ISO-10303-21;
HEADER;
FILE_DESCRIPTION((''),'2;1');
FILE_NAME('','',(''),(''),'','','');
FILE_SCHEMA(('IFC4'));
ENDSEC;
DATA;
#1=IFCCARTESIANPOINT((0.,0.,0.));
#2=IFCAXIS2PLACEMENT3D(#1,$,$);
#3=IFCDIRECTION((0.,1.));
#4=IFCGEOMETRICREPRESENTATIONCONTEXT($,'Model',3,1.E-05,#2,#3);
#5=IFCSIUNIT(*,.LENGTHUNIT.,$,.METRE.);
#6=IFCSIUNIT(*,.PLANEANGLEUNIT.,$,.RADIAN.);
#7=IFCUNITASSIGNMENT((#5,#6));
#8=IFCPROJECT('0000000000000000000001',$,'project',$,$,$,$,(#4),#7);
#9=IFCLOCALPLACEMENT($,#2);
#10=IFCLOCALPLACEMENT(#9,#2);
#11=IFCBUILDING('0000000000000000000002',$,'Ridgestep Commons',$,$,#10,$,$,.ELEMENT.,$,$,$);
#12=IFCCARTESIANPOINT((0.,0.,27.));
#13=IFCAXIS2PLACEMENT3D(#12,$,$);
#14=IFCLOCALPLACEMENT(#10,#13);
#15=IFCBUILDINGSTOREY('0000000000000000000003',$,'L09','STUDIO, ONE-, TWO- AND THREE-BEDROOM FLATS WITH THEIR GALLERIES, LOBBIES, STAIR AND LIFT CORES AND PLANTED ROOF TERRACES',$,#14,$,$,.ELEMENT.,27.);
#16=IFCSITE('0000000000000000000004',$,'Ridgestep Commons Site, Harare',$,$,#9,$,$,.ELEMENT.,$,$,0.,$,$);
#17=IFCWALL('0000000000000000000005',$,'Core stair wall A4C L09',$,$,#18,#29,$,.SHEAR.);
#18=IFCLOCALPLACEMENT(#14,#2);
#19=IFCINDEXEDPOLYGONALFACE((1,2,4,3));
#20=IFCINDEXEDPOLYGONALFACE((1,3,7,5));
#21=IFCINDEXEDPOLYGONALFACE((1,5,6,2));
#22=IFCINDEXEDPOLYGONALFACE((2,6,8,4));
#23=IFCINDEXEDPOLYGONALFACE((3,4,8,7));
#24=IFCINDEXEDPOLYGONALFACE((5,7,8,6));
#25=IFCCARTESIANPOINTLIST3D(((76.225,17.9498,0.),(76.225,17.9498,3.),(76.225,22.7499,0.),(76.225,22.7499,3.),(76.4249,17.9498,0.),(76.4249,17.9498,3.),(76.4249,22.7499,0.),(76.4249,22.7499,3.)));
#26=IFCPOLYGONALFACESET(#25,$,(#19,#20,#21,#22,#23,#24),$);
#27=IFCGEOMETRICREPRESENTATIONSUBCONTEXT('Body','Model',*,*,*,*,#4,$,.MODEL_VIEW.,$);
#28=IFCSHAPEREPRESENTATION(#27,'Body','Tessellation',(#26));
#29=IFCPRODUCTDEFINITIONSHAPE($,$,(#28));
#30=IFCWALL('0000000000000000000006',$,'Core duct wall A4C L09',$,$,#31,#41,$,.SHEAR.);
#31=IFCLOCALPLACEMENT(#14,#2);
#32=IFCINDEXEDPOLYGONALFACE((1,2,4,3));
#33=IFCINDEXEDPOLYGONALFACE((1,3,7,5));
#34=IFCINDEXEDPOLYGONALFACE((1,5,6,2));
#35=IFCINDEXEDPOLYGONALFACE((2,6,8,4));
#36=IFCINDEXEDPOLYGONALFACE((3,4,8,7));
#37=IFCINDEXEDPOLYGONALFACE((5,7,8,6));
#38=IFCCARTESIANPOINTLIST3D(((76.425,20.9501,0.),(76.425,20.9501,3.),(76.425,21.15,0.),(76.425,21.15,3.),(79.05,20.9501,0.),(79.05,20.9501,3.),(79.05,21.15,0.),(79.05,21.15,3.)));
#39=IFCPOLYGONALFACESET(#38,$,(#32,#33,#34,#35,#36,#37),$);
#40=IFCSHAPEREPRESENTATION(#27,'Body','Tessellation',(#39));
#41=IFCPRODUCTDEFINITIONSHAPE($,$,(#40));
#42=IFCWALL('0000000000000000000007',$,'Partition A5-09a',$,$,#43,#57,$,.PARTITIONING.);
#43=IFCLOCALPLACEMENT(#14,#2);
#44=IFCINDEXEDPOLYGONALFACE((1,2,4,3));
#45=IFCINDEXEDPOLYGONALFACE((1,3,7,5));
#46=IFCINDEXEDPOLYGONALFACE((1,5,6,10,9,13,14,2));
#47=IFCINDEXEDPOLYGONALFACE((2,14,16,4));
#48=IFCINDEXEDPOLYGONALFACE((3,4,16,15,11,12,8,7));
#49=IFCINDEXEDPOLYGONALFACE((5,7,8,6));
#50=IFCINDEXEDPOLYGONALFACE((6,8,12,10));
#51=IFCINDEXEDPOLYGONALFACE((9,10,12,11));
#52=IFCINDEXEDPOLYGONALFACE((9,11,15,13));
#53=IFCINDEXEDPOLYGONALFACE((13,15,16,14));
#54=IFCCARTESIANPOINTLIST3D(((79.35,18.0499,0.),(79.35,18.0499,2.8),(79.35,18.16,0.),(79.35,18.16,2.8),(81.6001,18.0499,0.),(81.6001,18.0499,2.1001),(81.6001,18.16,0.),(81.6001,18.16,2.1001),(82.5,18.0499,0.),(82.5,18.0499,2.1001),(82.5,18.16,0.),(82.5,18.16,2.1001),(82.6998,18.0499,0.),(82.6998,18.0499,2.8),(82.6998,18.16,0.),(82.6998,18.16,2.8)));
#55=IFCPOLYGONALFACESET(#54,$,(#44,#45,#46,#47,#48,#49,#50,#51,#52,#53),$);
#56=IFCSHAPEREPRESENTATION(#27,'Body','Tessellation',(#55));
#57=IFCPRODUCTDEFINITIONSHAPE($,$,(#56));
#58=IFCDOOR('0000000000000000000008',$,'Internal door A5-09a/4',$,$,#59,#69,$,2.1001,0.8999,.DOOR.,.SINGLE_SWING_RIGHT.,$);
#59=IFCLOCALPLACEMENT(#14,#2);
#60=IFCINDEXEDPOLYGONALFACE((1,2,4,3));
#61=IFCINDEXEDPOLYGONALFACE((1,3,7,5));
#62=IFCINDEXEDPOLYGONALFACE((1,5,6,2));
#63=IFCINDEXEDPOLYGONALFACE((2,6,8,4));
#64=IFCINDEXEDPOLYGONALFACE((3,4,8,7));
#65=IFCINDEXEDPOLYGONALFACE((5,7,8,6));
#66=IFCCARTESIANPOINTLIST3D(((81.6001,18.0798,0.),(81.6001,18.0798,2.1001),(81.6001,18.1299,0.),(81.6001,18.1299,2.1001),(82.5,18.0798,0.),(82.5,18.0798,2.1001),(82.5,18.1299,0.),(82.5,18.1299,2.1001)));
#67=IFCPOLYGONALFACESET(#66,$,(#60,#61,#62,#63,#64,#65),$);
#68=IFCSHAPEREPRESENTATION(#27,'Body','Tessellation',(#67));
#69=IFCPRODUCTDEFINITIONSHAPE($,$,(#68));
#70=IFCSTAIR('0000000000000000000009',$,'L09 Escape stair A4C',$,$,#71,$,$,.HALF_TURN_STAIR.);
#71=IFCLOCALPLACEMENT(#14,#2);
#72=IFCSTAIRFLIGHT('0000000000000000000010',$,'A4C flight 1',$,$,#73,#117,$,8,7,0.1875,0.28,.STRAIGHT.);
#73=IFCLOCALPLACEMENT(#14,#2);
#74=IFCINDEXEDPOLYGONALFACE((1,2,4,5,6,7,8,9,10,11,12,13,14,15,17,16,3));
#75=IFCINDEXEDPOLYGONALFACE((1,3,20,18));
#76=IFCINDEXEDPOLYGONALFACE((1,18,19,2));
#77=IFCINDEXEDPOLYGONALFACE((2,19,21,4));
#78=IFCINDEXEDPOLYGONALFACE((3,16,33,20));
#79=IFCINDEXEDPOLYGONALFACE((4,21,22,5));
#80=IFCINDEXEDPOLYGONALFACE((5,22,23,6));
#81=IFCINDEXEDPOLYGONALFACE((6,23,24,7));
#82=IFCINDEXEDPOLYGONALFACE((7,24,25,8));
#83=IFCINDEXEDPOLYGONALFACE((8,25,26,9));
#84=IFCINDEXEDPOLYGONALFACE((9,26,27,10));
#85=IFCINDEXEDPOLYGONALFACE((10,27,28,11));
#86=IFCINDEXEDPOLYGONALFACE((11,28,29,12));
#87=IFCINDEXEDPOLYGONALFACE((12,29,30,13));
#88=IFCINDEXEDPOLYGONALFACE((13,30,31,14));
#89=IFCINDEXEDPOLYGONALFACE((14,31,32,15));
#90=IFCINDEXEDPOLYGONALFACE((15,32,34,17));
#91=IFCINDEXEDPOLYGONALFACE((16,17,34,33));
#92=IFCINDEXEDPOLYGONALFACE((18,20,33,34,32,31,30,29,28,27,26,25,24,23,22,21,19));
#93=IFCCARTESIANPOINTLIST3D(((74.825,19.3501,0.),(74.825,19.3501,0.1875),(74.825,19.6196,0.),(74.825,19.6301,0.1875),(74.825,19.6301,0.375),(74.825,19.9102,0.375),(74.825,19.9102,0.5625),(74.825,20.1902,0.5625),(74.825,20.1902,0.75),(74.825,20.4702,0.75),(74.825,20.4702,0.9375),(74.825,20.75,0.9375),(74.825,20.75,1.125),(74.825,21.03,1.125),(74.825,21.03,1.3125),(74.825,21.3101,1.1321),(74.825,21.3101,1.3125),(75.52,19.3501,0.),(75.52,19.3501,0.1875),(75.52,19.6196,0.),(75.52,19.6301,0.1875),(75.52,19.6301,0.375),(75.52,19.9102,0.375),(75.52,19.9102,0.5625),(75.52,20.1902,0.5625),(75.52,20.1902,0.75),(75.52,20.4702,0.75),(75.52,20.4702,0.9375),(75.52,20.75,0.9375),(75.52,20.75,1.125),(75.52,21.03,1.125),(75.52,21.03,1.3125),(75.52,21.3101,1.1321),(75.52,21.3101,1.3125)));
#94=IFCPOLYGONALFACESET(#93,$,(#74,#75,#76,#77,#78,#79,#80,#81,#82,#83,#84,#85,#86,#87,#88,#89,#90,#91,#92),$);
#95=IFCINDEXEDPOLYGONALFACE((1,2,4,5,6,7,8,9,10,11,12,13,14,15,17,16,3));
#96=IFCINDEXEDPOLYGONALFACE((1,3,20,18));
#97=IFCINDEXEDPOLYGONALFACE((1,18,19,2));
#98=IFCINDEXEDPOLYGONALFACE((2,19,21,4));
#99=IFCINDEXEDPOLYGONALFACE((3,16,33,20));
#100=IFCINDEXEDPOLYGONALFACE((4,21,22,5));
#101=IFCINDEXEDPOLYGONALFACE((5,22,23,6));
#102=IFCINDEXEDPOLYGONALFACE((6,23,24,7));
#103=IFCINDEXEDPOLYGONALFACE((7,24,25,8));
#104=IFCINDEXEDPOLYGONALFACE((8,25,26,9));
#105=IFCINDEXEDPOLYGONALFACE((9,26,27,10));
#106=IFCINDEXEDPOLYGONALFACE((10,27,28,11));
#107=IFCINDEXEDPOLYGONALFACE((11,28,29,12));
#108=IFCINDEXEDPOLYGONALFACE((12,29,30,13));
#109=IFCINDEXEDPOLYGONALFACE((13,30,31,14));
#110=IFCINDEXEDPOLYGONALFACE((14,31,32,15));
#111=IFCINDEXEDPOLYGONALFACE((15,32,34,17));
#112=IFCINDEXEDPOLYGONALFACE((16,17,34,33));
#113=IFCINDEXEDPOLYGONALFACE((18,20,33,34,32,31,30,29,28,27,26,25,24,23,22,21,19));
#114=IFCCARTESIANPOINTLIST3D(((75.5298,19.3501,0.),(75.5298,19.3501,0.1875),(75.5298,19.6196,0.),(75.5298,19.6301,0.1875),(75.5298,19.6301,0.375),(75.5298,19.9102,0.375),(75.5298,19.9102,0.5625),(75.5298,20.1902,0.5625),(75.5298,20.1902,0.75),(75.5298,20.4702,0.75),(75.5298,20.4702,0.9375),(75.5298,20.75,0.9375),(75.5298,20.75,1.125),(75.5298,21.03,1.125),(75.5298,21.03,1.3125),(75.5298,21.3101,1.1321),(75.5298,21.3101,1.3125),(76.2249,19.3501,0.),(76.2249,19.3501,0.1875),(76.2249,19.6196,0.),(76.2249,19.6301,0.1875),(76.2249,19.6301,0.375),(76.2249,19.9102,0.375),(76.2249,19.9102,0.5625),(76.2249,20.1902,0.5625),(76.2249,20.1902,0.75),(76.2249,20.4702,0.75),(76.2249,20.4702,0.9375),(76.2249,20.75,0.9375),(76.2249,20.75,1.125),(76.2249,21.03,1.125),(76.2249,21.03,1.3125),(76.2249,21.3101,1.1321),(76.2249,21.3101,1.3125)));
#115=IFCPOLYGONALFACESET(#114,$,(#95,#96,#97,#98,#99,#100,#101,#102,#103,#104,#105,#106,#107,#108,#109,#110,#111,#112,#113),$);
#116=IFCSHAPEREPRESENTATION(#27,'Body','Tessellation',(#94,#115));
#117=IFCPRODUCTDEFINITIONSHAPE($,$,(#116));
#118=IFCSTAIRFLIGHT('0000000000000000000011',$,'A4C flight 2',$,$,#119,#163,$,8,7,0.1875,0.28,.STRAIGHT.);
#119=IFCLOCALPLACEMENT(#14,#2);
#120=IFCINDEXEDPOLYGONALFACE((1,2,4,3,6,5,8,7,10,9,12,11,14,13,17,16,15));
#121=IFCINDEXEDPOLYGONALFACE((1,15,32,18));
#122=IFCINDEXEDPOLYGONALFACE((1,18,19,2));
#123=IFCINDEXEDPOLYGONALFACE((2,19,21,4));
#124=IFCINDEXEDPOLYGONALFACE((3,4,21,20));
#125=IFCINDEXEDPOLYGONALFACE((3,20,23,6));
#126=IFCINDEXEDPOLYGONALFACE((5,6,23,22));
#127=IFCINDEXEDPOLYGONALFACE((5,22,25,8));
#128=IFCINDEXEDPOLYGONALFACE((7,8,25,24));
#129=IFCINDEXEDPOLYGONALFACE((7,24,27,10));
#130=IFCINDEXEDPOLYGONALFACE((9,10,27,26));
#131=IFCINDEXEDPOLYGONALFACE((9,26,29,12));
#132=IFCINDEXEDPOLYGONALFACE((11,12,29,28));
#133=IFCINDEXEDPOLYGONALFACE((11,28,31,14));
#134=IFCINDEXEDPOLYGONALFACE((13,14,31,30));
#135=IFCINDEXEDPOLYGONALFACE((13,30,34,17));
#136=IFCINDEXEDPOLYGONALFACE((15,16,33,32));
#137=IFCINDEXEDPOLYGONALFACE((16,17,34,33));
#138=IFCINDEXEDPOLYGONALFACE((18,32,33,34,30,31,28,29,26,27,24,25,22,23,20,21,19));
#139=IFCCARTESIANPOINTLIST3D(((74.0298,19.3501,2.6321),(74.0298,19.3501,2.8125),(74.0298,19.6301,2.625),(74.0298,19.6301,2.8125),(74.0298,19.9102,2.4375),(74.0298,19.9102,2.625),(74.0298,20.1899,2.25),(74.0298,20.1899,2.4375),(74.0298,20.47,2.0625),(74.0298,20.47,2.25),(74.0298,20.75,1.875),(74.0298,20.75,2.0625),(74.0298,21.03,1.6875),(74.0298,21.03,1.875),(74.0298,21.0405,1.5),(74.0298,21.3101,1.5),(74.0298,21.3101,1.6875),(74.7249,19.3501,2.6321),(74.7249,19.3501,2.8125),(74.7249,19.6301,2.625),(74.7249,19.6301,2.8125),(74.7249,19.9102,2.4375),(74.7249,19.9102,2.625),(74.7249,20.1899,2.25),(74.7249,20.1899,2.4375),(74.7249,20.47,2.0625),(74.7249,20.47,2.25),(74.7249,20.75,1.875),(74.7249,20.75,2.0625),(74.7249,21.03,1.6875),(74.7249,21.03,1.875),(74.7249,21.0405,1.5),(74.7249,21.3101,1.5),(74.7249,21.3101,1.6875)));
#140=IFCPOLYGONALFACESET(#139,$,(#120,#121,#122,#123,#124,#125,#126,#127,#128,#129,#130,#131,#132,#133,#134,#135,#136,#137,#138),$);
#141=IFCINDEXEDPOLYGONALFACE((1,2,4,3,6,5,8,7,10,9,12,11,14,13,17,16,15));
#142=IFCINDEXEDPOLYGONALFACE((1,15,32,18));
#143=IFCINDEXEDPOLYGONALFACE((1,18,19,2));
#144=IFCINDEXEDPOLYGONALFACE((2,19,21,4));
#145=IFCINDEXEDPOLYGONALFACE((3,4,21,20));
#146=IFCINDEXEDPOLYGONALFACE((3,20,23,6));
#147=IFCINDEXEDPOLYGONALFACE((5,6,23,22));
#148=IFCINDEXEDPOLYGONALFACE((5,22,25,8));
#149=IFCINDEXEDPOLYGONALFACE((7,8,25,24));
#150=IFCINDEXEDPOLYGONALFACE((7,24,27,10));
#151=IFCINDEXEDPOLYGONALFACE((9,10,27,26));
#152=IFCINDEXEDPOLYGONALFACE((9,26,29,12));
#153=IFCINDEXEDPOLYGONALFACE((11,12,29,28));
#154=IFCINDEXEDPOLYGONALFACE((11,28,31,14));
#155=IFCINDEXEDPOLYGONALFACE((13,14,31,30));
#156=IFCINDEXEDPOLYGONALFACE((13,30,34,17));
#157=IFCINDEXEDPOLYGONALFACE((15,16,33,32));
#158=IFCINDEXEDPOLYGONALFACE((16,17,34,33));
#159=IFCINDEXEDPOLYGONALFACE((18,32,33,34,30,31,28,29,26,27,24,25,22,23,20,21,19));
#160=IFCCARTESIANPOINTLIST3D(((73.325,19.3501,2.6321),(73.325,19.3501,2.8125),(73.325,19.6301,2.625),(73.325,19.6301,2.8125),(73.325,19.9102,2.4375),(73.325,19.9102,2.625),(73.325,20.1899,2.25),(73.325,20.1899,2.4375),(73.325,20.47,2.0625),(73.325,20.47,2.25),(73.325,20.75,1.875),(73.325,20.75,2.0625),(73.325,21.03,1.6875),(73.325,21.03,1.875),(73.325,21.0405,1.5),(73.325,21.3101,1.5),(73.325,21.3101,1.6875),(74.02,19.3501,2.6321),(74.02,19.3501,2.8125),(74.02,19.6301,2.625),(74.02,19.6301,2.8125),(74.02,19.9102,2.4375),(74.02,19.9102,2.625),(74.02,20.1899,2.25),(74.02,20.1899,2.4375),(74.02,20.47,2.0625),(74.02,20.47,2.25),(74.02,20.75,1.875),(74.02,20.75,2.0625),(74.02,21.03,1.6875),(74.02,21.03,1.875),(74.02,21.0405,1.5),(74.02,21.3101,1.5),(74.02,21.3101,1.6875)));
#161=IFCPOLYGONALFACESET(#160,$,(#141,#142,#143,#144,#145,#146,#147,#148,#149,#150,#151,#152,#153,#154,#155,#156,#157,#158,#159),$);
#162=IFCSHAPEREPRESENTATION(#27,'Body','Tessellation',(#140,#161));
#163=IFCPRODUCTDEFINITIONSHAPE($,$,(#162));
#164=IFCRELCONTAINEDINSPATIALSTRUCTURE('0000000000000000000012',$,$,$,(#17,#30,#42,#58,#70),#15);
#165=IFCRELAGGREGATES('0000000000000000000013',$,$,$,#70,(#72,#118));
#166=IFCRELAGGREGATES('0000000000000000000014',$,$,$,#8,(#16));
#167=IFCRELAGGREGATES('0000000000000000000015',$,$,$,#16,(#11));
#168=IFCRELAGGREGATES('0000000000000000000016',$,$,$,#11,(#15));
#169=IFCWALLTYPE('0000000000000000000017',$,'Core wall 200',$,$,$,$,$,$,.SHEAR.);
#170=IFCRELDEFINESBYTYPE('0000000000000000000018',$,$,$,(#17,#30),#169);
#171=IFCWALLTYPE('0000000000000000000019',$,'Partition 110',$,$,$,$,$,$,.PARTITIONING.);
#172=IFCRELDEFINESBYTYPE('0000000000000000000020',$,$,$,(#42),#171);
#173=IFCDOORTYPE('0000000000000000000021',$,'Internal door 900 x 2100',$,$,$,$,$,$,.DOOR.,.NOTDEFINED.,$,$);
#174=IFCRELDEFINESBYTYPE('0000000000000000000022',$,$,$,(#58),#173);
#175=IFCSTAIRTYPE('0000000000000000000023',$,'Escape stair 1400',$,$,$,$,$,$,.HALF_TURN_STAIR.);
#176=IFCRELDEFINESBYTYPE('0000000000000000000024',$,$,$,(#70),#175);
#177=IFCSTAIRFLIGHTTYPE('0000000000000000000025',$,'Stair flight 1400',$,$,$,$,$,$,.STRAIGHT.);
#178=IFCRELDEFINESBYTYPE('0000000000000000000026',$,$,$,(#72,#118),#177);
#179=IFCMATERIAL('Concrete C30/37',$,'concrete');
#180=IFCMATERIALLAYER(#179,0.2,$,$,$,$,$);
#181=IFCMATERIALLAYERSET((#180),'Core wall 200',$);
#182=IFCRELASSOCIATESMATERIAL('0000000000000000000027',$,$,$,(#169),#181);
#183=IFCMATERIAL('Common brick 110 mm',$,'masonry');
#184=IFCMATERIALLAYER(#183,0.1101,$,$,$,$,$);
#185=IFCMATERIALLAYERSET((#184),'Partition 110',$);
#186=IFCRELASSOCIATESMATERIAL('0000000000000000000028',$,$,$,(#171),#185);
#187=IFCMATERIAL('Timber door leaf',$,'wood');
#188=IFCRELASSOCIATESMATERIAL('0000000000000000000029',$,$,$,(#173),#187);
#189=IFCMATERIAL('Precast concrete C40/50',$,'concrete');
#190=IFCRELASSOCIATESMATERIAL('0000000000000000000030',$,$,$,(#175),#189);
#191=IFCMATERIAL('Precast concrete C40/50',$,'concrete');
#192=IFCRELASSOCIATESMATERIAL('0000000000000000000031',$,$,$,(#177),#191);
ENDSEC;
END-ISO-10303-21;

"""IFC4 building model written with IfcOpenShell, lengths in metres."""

from ifc_helpers import new_model, si_unit, direction, frame, frame_2d, origin, place, context, subcontext, project, spatial, polyline, rectangle, outline, extrude, material, layer, layer_set, type_object, element, fill, aggregate, save


model = new_model("IFC4")

# Units and contexts
model_context = context("Model", 3, precision=1e-05, world=origin(), true_north=direction((0.0, 1.0)))
body_context = subcontext(model_context, "Body", "Model", "MODEL_VIEW")
ifc_project = project(units=[si_unit("LENGTHUNIT", "METRE"), si_unit("PLANEANGLEUNIT", "RADIAN")], contexts=[model_context])

# Site, building, storey
site_placement = place(None, origin())
site = spatial("IfcSite", under=ifc_project, at=site_placement, Name="Ridgestep Commons Site, Harare", CompositionType="ELEMENT", RefElevation=0.0)
building_placement = place(site_placement, origin())
building = spatial("IfcBuilding", under=site, at=building_placement, Name="Ridgestep Commons", CompositionType="ELEMENT")
storey_placement = place(building_placement, frame((0.0, 0.0, 27.0)))
storey = spatial("IfcBuildingStorey", under=building, at=storey_placement, Name="L09", Description="STUDIO, ONE-, TWO- AND THREE-BEDROOM FLATS WITH THEIR GALLERIES, LOBBIES, STAIR AND LIFT CORES AND PLANTED ROOF TERRACES", CompositionType="ELEMENT", Elevation=27.0)

# Walls
ifc_material_1 = material(Name="Concrete C30/37", Category="concrete")
ifc_layer_1 = layer(ifc_material_1, 0.2)
ifc_layer_set_1 = layer_set([ifc_layer_1], Name="Core wall 200")
wall_type_1 = type_object("IfcWallType", Name="Core wall 200", PredefinedType="SHEAR", material=ifc_layer_set_1)
wall_1_placement = place(storey_placement, frame((76.325, 17.95, 0.0), z_axis=(0.0, 0.0, 1.0), x_axis=(0.0, 1.0, 0.0)))
element("IfcWall", 1, at=wall_1_placement, inside=storey, type_object=wall_type_1, Name="Core stair wall A4C L09", PredefinedType="SHEAR", context=body_context, shape_type="SweptSolid", body=[
    extrude(rectangle(XDim=4.8, YDim=0.2, at=frame_2d((2.3999, 0.0))), origin(), (0.0, 0.0, 1.0), 3.0),
])
wall_2_placement = place(storey_placement, frame((76.425, 21.05, 0.0), z_axis=(0.0, 0.0, 1.0), x_axis=(1.0, 0.0, 0.0)))
element("IfcWall", 2, at=wall_2_placement, inside=storey, type_object=wall_type_1, Name="Core duct wall A4C L09", PredefinedType="SHEAR", context=body_context, shape_type="SweptSolid", body=[
    extrude(rectangle(XDim=2.625, YDim=0.2, at=frame_2d((1.3125, 0.0))), origin(), (0.0, 0.0, 1.0), 3.0),
])

# Wall, opening, door
ifc_material_2 = material(Name="Common brick 110 mm", Category="masonry")
ifc_layer_2 = layer(ifc_material_2, 0.1101)
ifc_layer_set_2 = layer_set([ifc_layer_2], Name="Partition 110")
wall_type_2 = type_object("IfcWallType", Name="Partition 110", PredefinedType="PARTITIONING", material=ifc_layer_set_2)
wall_3_placement = place(storey_placement, frame((79.3501, 18.105, 0.0), z_axis=(0.0, 0.0, 1.0), x_axis=(1.0, 0.0, 0.0)))
wall_3 = element("IfcWall", 3, at=wall_3_placement, inside=storey, type_object=wall_type_2, Name="Partition A5-09a", PredefinedType="PARTITIONING", context=body_context, shape_type="SweptSolid", body=[
    extrude(rectangle(XDim=3.3499, YDim=0.1101, at=frame_2d((1.6748, 0.0))), origin(), (0.0, 0.0, 1.0), 2.8),
])
opening_placement = place(wall_3_placement, frame((2.25, 0.0, 0.0)))
opening = element("IfcOpeningElement", 4, at=opening_placement, cuts=wall_3, PredefinedType="OPENING", context=body_context, shape_type="SweptSolid", body=[
    extrude(rectangle(XDim=0.8999, YDim=2.1001, at=frame_2d((0.45, 1.05))), frame((0.0, 0.0649, 0.0), z_axis=(0.0, -1.0, 0.0), x_axis=(1.0, 0.0, 0.0)), (0.0, 0.0, 1.0), 0.1301),
])
ifc_material_3 = material(Name="Timber door leaf", Category="wood")
door_type = type_object("IfcDoorType", Name="Internal door 900 x 2100", OperationType="NOTDEFINED", PredefinedType="DOOR", material=ifc_material_3)
door_placement = place(opening_placement, origin())
door = element("IfcDoor", 5, at=door_placement, inside=storey, type_object=door_type, Name="Internal door A5-09a/4", OperationType="SINGLE_SWING_RIGHT", OverallHeight=2.1001, OverallWidth=0.8999, PredefinedType="DOOR", context=body_context, shape_type="SweptSolid", body=[
    extrude(rectangle(XDim=0.8999, YDim=2.1001, at=frame_2d((0.45, 1.05))), frame((0.0, 0.0249, 0.0), z_axis=(0.0, -1.0, 0.0), x_axis=(1.0, 0.0, 0.0)), (0.0, 0.0, 1.0), 0.05),
])
fill(opening, door)

# Stair, stair flights
ifc_material_4 = material(Name="Precast concrete C40/50", Category="concrete")
stair_type = type_object("IfcStairType", Name="Escape stair 1400", PredefinedType="HALF_TURN_STAIR", material=ifc_material_4)
stair_placement = place(storey_placement, origin())
stair = element("IfcStair", 6, at=stair_placement, inside=storey, type_object=stair_type, Name="L09 Escape stair A4C", PredefinedType="HALF_TURN_STAIR")
ifc_material_5 = material(Name="Precast concrete C40/50", Category="concrete")
stair_flight_type = type_object("IfcStairFlightType", Name="Stair flight 1400", PredefinedType="STRAIGHT", material=ifc_material_5)
stair_flight_1_placement = place(storey_placement, frame((75.5249, 19.3501, 0.0), z_axis=(0.0, 0.0, 1.0), x_axis=(0.0, 1.0, 0.0)))
stair_flight_1 = element("IfcStairFlight", 7, at=stair_flight_1_placement, type_object=stair_flight_type, Name="A4C flight 1", NumberOfRisers=8, NumberOfTreads=7, PredefinedType="STRAIGHT", RiserHeight=0.1875, TreadLength=0.28, context=body_context, shape_type="SweptSolid", body=[
    extrude(outline(polyline([(0.0, 0.0), (0.0, 0.1875), (0.28, 0.1875), (0.28, 0.375), (0.5601, 0.375), (0.5601, 0.5625), (0.8401, 0.5625), (0.8401, 0.75), (1.1201, 0.75), (1.1201, 0.9375), (1.3999, 0.9375), (1.3999, 1.125), (1.6799, 1.125), (1.6799, 1.3125), (1.96, 1.3125), (1.96, 1.5), (1.96, 1.1321), (0.2695, 0.0), (0.0, 0.0)])), frame((0.0, 0.7, 0.0), z_axis=(0.0, -1.0, 0.0), x_axis=(1.0, 0.0, 0.0)), (0.0, 0.0, 1.0), 0.6951),
    extrude(outline(polyline([(0.0, 0.0), (0.0, 0.1875), (0.28, 0.1875), (0.28, 0.375), (0.5601, 0.375), (0.5601, 0.5625), (0.8401, 0.5625), (0.8401, 0.75), (1.1201, 0.75), (1.1201, 0.9375), (1.3999, 0.9375), (1.3999, 1.125), (1.6799, 1.125), (1.6799, 1.3125), (1.96, 1.3125), (1.96, 1.5), (1.96, 1.1321), (0.2695, 0.0), (0.0, 0.0)])), frame((0.0, -0.0049, 0.0), z_axis=(0.0, -1.0, 0.0), x_axis=(1.0, 0.0, 0.0)), (0.0, 0.0, 1.0), 0.6951),
])
stair_flight_2_placement = place(storey_placement, frame((74.0249, 21.3101, 1.5), z_axis=(0.0, 0.0, 1.0), x_axis=(0.0, -1.0, 0.0)))
stair_flight_2 = element("IfcStairFlight", 8, at=stair_flight_2_placement, type_object=stair_flight_type, Name="A4C flight 2", NumberOfRisers=8, NumberOfTreads=7, PredefinedType="STRAIGHT", RiserHeight=0.1875, TreadLength=0.28, context=body_context, shape_type="SweptSolid", body=[
    extrude(outline(polyline([(0.0, 0.0), (0.0, 0.1875), (0.28, 0.1875), (0.28, 0.375), (0.5601, 0.375), (0.5601, 0.5625), (0.8401, 0.5625), (0.8401, 0.75), (1.1201, 0.75), (1.1201, 0.9375), (1.3999, 0.9375), (1.3999, 1.125), (1.6799, 1.125), (1.6799, 1.3125), (1.96, 1.3125), (1.96, 1.5), (1.96, 1.1321), (0.2695, 0.0), (0.0, 0.0)])), frame((0.0, 0.7, 0.0), z_axis=(0.0, -1.0, 0.0), x_axis=(1.0, 0.0, 0.0)), (0.0, 0.0, 1.0), 0.6951),
    extrude(outline(polyline([(0.0, 0.0), (0.0, 0.1875), (0.28, 0.1875), (0.28, 0.375), (0.5601, 0.375), (0.5601, 0.5625), (0.8401, 0.5625), (0.8401, 0.75), (1.1201, 0.75), (1.1201, 0.9375), (1.3999, 0.9375), (1.3999, 1.125), (1.6799, 1.125), (1.6799, 1.3125), (1.96, 1.3125), (1.96, 1.5), (1.96, 1.1321), (0.2695, 0.0), (0.0, 0.0)])), frame((0.0, -0.0049, 0.0), z_axis=(0.0, -1.0, 0.0), x_axis=(1.0, 0.0, 0.0)), (0.0, 0.0, 1.0), 0.6951),
])
aggregate(stair, [stair_flight_1, stair_flight_2])

save(model, "model.ifc")
